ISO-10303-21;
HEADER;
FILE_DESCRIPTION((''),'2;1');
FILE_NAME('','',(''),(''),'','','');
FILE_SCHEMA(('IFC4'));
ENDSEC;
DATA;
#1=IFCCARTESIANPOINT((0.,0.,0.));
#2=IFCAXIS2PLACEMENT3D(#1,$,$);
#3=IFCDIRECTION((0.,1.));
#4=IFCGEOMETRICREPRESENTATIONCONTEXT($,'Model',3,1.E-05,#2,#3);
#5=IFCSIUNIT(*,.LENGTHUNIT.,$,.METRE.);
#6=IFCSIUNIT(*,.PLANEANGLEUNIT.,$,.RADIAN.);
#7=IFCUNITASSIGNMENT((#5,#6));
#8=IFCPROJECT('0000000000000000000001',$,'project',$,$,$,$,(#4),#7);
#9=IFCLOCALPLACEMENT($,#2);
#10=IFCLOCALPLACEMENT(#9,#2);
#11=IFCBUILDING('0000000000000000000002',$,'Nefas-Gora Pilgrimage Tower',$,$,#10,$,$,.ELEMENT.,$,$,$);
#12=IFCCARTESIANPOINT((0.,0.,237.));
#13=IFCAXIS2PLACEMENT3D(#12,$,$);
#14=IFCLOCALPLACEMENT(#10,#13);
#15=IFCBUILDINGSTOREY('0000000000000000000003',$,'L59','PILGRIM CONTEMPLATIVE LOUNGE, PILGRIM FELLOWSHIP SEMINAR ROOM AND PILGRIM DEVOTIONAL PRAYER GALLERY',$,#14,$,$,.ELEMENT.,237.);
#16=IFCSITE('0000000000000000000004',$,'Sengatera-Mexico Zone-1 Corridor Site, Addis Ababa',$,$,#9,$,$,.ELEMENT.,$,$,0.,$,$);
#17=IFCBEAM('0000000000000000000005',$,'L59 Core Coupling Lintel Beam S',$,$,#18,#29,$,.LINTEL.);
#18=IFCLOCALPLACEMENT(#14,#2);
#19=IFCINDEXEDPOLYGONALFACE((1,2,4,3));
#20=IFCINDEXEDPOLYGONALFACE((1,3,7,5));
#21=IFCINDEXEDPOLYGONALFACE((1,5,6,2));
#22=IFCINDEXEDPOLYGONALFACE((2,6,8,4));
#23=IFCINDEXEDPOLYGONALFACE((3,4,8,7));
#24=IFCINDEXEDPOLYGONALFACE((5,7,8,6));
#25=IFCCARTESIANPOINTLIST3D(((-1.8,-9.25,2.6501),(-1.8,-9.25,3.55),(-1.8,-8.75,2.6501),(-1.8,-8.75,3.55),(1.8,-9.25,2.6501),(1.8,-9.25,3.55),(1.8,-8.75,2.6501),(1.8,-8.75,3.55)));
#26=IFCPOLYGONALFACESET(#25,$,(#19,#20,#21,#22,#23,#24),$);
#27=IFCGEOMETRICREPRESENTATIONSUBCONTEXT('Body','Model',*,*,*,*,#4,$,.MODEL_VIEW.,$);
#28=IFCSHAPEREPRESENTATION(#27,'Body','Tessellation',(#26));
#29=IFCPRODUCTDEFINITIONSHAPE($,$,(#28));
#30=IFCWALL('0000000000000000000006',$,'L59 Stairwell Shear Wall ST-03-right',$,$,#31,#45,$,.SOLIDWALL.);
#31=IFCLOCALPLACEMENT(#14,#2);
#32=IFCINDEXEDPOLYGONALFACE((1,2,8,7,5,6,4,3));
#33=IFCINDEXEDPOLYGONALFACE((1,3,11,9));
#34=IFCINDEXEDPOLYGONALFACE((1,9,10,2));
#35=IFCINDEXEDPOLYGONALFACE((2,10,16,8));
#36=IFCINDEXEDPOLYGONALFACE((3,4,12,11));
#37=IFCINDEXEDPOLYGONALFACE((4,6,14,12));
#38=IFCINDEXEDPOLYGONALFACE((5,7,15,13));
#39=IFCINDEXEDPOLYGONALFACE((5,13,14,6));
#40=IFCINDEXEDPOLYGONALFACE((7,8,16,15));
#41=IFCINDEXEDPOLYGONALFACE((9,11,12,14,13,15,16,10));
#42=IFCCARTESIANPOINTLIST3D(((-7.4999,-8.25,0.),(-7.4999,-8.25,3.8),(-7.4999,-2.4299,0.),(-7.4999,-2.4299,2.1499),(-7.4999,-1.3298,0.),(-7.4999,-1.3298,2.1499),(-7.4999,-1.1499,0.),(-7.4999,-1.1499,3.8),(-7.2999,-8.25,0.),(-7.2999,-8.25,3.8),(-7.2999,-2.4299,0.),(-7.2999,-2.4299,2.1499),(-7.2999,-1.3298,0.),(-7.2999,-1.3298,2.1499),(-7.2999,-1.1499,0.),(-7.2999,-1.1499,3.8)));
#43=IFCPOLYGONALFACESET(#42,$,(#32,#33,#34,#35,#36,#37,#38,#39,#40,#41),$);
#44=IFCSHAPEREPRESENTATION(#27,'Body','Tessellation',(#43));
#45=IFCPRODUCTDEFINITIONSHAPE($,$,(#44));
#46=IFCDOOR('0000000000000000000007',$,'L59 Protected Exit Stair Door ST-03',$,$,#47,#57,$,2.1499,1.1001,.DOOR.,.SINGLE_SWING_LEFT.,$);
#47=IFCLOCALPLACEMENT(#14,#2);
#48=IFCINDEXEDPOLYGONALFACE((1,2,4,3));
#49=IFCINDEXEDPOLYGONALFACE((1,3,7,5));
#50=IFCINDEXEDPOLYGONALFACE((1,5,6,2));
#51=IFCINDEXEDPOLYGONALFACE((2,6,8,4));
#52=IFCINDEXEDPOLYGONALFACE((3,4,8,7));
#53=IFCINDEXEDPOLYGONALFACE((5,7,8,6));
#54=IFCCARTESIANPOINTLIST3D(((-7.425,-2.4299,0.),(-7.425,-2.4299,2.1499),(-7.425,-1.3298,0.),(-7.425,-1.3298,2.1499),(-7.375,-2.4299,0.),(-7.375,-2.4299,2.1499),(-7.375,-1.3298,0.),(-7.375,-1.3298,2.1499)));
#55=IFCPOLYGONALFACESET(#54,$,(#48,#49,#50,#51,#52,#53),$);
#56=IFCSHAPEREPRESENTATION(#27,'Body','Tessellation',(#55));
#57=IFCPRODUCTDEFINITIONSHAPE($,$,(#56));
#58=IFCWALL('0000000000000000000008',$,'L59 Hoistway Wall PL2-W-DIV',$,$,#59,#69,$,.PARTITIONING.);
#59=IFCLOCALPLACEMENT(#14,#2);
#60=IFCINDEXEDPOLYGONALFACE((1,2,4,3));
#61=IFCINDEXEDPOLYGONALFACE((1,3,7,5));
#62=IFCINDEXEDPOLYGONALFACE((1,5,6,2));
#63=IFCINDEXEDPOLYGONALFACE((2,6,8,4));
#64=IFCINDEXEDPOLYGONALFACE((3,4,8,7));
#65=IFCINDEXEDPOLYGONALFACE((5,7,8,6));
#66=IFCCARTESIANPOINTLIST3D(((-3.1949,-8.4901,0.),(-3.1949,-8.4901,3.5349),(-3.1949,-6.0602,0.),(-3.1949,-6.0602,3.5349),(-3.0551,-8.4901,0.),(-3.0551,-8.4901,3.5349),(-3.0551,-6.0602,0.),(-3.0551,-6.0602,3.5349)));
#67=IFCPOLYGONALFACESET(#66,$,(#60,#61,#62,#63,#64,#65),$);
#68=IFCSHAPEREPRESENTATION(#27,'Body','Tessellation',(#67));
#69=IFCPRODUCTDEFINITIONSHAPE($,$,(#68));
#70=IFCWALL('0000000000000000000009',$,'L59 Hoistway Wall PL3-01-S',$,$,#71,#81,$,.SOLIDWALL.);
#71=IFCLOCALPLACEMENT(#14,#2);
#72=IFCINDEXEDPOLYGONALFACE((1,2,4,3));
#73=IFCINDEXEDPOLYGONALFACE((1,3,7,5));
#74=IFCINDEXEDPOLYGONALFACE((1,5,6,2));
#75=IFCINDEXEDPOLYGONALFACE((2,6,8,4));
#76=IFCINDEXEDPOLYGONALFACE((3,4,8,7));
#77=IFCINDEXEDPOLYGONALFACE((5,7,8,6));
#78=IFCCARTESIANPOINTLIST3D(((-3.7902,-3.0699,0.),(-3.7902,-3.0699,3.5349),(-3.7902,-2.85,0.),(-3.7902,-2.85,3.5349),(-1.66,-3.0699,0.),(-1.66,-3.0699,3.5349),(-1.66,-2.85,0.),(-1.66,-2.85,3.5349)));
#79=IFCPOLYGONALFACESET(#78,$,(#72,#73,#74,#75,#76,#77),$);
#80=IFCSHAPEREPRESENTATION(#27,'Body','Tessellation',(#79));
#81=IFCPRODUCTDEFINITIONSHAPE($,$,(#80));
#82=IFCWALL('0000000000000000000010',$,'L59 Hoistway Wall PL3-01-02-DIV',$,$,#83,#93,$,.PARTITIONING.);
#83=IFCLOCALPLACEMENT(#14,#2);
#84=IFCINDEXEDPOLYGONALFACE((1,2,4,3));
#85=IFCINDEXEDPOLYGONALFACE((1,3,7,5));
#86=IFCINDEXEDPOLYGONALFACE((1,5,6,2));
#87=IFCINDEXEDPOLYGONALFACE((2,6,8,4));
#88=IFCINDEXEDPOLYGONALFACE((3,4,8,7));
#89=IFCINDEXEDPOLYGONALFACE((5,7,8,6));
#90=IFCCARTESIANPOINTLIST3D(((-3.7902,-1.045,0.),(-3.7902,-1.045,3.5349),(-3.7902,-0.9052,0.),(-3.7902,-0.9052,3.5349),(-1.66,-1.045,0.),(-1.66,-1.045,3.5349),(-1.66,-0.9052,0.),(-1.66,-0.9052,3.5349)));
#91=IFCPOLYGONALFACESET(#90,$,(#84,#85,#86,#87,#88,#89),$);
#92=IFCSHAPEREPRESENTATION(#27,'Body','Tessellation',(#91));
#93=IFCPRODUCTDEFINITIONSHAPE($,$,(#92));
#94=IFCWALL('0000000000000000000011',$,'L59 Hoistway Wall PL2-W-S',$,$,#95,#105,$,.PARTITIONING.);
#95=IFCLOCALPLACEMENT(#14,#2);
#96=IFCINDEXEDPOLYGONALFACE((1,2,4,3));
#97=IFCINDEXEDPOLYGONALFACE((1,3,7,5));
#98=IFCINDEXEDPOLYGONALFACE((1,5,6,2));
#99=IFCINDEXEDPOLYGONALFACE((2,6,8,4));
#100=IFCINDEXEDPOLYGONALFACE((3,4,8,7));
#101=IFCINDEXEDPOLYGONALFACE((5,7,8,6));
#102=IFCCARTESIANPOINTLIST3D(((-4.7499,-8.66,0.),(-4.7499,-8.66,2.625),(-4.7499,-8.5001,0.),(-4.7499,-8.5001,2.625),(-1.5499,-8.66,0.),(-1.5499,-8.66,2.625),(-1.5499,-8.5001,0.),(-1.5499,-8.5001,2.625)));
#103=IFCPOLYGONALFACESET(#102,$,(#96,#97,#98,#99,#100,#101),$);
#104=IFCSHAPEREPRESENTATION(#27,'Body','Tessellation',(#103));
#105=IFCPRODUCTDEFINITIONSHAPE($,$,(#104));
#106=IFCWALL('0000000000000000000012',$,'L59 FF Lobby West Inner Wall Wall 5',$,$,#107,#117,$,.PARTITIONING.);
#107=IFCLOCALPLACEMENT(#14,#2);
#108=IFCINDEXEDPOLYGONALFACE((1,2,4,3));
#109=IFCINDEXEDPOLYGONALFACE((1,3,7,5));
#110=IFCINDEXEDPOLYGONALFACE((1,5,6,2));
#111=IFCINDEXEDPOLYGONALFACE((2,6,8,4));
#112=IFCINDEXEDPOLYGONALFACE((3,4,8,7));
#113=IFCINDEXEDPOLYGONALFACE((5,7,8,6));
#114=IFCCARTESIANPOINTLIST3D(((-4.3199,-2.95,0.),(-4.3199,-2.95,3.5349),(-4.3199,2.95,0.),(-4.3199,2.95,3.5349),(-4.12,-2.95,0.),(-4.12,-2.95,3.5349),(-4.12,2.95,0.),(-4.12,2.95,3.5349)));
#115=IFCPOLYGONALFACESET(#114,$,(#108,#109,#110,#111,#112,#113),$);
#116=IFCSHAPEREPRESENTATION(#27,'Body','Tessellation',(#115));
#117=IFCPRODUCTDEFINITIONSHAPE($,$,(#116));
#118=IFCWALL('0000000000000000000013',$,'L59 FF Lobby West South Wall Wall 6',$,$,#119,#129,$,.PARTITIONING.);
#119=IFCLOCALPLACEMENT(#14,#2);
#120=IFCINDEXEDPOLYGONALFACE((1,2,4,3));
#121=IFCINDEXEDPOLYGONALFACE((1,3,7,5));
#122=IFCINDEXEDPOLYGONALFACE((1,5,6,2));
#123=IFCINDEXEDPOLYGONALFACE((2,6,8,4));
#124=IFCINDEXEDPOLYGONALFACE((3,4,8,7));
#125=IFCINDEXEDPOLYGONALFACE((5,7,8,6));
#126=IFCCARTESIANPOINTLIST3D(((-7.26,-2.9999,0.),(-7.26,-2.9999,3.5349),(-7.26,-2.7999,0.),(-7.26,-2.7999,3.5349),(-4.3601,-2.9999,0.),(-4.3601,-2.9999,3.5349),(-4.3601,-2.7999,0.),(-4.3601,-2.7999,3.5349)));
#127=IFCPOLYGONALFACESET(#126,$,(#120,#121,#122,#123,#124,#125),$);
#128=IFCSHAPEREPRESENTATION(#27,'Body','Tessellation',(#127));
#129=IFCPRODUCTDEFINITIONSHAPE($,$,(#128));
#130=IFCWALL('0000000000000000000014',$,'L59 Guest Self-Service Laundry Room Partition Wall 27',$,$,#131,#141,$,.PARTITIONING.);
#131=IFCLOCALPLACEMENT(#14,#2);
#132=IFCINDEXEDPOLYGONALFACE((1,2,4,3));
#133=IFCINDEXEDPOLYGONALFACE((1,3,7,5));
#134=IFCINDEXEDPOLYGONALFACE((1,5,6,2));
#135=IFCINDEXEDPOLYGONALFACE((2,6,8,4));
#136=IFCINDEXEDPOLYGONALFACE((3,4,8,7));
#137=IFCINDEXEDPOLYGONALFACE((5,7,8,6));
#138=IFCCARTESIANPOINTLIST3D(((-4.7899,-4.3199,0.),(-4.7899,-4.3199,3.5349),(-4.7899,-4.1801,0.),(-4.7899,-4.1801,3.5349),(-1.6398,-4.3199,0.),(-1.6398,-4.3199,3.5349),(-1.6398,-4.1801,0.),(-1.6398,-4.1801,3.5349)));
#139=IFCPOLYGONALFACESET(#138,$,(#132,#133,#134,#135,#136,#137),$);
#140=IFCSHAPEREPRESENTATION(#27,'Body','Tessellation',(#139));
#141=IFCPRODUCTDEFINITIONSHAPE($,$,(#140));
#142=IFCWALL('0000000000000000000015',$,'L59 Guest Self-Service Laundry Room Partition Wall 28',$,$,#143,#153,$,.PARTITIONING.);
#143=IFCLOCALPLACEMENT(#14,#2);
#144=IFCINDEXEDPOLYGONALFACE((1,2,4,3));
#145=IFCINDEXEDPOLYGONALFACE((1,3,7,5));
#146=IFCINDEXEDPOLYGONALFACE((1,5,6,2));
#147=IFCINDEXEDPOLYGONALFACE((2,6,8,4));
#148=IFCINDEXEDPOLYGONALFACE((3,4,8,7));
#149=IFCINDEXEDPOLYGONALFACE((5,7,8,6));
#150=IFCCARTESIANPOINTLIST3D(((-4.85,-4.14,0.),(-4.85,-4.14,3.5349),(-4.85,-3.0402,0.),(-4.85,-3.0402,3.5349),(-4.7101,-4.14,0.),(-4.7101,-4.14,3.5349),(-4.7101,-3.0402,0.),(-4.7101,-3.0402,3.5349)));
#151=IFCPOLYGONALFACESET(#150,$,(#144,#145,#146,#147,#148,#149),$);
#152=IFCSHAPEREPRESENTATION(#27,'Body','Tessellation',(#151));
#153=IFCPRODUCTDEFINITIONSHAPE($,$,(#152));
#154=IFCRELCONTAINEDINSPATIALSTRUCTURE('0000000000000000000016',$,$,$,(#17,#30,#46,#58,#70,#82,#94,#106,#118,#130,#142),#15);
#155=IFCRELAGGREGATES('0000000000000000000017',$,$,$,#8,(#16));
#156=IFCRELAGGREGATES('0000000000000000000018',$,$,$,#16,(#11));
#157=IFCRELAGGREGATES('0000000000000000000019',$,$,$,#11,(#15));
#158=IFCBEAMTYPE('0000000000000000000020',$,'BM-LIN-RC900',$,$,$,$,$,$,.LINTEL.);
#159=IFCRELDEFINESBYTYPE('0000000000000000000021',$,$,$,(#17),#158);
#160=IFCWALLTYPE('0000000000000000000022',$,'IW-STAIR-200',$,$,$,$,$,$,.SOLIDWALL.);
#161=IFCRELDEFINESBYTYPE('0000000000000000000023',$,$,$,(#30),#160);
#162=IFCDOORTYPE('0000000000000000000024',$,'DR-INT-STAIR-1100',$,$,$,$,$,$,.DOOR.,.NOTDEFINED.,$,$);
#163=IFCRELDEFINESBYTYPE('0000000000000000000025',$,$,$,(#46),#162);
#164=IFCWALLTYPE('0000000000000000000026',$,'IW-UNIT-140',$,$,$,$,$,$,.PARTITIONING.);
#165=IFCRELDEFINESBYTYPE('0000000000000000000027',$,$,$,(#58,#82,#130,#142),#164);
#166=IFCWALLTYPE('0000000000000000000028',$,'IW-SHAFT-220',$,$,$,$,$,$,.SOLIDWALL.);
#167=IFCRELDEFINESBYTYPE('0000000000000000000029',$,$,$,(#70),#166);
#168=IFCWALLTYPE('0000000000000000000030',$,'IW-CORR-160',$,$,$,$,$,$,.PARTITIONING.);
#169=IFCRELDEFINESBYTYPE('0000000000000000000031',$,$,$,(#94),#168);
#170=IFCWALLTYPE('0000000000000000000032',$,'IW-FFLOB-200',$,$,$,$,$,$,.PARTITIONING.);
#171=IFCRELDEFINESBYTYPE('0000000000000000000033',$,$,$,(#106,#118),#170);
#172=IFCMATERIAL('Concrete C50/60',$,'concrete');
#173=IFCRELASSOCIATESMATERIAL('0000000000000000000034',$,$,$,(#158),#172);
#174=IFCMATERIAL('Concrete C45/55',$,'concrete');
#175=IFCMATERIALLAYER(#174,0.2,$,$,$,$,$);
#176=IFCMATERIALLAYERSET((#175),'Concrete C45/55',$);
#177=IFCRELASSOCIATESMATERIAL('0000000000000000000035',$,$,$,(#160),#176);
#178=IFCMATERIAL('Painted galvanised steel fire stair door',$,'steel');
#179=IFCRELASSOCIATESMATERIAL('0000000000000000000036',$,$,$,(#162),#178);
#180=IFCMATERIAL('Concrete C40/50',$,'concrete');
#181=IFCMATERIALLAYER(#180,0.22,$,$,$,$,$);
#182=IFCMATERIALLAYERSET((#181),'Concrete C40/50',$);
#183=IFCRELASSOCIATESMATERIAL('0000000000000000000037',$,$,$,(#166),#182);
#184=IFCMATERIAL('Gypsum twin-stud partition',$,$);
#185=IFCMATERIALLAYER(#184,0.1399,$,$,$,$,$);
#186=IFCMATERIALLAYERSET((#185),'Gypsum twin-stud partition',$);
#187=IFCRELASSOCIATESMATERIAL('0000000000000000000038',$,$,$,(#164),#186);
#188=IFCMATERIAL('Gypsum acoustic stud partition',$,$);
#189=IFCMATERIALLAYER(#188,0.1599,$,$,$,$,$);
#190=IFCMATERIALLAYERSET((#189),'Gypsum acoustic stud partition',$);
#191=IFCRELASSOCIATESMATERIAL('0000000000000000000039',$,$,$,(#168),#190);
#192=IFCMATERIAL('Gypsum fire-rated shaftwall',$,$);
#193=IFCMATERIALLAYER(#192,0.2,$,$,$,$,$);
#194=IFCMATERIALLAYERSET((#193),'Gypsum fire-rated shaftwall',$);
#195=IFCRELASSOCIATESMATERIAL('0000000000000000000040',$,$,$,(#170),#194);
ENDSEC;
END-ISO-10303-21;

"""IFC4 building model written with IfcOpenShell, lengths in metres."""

from ifc_helpers import new_model, si_unit, direction, frame, frame_2d, origin, origin_2d, place, context, subcontext, project, spatial, rectangle, extrude, source, transform, mapped, material, layer, layer_set, material_profile, profile_set, type_object, element, fill, save


model = new_model("IFC4")

# Units and contexts
model_context = context("Model", 3, precision=1e-05, world=origin(), true_north=direction((0.0, 1.0)))
body_context = subcontext(model_context, "Body", "Model", "MODEL_VIEW")
ifc_project = project(units=[si_unit("LENGTHUNIT", "METRE"), si_unit("PLANEANGLEUNIT", "RADIAN")], contexts=[model_context])

# Site, building, storey
site_placement = place(None, origin())
site = spatial("IfcSite", under=ifc_project, at=site_placement, Name="Sengatera-Mexico Zone-1 Corridor Site, Addis Ababa", CompositionType="ELEMENT", RefElevation=0.0)
building_placement = place(site_placement, origin())
building = spatial("IfcBuilding", under=site, at=building_placement, Name="Nefas-Gora Pilgrimage Tower", CompositionType="ELEMENT")
storey_placement = place(building_placement, frame((0.0, 0.0, 237.0)))
storey = spatial("IfcBuildingStorey", under=building, at=storey_placement, Name="L59", Description="PILGRIM CONTEMPLATIVE LOUNGE, PILGRIM FELLOWSHIP SEMINAR ROOM AND PILGRIM DEVOTIONAL PRAYER GALLERY", CompositionType="ELEMENT", Elevation=237.0)

# Beam
ifc_material_1 = material(Name="Concrete C50/60", Category="concrete")
ifc_material_profile = material_profile(ifc_material_1, rectangle(XDim=0.5, YDim=0.8999, at=origin_2d()), Name="RC 500x900")
ifc_profile_set = profile_set([ifc_material_profile], Name="Concrete C50/60")
beam_type = type_object("IfcBeamType", Name="BM-LIN-RC900", PredefinedType="LINTEL", material=ifc_profile_set)
shared_shape_1 = source(origin(), body_context, "Body", "SweptSolid", [
    extrude(rectangle(XDim=0.5, YDim=0.8999, at=origin_2d()), origin(), (0.0, 0.0, 1.0), 3.6001),
])
beam_placement = place(storey_placement, frame((-1.8, -9.0, 3.1001), z_axis=(1.0, 0.0, 0.0), x_axis=(0.0, 1.0, 0.0)))
element("IfcBeam", 1, at=beam_placement, inside=storey, type_object=beam_type, Name="L59 Core Coupling Lintel Beam S", PredefinedType="LINTEL", context=body_context, shape_type="MappedRepresentation", body=[
    mapped(shared_shape_1, transform((0.0, 0.0, 0.0), x_axis=(1.0, 0.0, 0.0), y_axis=(0.0, 1.0, 0.0), z_axis=(0.0, 0.0, 1.0), scale=1.0)),
])

# Wall, opening, door
ifc_material_2 = material(Name="Concrete C45/55", Category="concrete")
ifc_layer_1 = layer(ifc_material_2, 0.2)
ifc_layer_set_1 = layer_set([ifc_layer_1], Name="Concrete C45/55")
wall_type_1 = type_object("IfcWallType", Name="IW-STAIR-200", PredefinedType="SOLIDWALL", material=ifc_layer_set_1)
shared_shape_2 = source(origin(), body_context, "Body", "SweptSolid", [
    extrude(rectangle(XDim=7.1001, YDim=0.2, at=frame_2d((3.55, 0.0))), origin(), (0.0, 0.0, 1.0), 3.8),
])
wall_1_placement = place(storey_placement, frame((-7.3999, -1.1499, 0.0), z_axis=(0.0, 0.0, 1.0), x_axis=(0.0, -1.0, 0.0)))
wall_1 = element("IfcWall", 2, at=wall_1_placement, inside=storey, type_object=wall_type_1, Name="L59 Stairwell Shear Wall ST-03-right", PredefinedType="SOLIDWALL", context=body_context, shape_type="MappedRepresentation", body=[
    mapped(shared_shape_2, transform((0.0, 0.0, 0.0), x_axis=(1.0, 0.0, 0.0), y_axis=(0.0, 1.0, 0.0), z_axis=(0.0, 0.0, 1.0), scale=1.0)),
])
opening_1_placement = place(wall_1_placement, frame((0.1799, 0.0, 0.0)))
opening_1 = element("IfcOpeningElement", 3, at=opening_1_placement, cuts=wall_1, PredefinedType="OPENING", context=body_context, shape_type="SweptSolid", body=[
    extrude(rectangle(XDim=1.1001, YDim=2.1499, at=frame_2d((0.55, 1.075))), frame((0.0, 0.1099, 0.0), z_axis=(0.0, -1.0, 0.0), x_axis=(1.0, 0.0, 0.0)), (0.0, 0.0, 1.0), 0.22),
])
ifc_material_3 = material(Name="Painted galvanised steel fire stair door", Category="steel")
door_type_1 = type_object("IfcDoorType", Name="DR-INT-STAIR-1100", OperationType="NOTDEFINED", PredefinedType="DOOR", material=ifc_material_3)
shared_shape_3 = source(origin(), body_context, "Body", "SweptSolid", [
    extrude(rectangle(XDim=1.1001, YDim=2.1499, at=frame_2d((0.55, 1.075))), frame((0.0, 0.0249, 0.0), z_axis=(0.0, -1.0, 0.0), x_axis=(1.0, 0.0, 0.0)), (0.0, 0.0, 1.0), 0.05),
])
door_1_placement = place(opening_1_placement, origin())
door_1 = element("IfcDoor", 4, at=door_1_placement, inside=storey, type_object=door_type_1, Name="L59 Protected Exit Stair Door ST-03", OperationType="SINGLE_SWING_LEFT", OverallHeight=2.1499, OverallWidth=1.1001, PredefinedType="DOOR", context=body_context, shape_type="MappedRepresentation", body=[
    mapped(shared_shape_3, transform((0.0, 0.0, 0.0), x_axis=(1.0, 0.0, 0.0), y_axis=(0.0, 1.0, 0.0), z_axis=(0.0, 0.0, 1.0), scale=1.0)),
])
fill(opening_1, door_1)

# Walls
ifc_material_4 = material(Name="Concrete C40/50", Category="concrete")
ifc_layer_2 = layer(ifc_material_4, 0.22)
ifc_layer_set_2 = layer_set([ifc_layer_2], Name="Concrete C40/50")
wall_type_2 = type_object("IfcWallType", Name="IW-SHAFT-220", PredefinedType="SOLIDWALL", material=ifc_layer_set_2)
ifc_material_5 = material(Name="Gypsum twin-stud partition")
ifc_layer_3 = layer(ifc_material_5, 0.1399)
ifc_layer_set_3 = layer_set([ifc_layer_3], Name="Gypsum twin-stud partition")
wall_type_3 = type_object("IfcWallType", Name="IW-UNIT-140", PredefinedType="PARTITIONING", material=ifc_layer_set_3)
shared_shape_4 = source(origin(), body_context, "Body", "SweptSolid", [
    extrude(rectangle(XDim=2.4299, YDim=0.1399, at=frame_2d((1.2148, 0.0))), origin(), (0.0, 0.0, 1.0), 3.5349),
])
wall_2_placement = place(storey_placement, frame((-3.125, -8.49, 0.0), z_axis=(0.0, 0.0, 1.0), x_axis=(0.0, 1.0, 0.0)))
element("IfcWall", 5, at=wall_2_placement, inside=storey, type_object=wall_type_3, Name="L59 Hoistway Wall PL2-W-DIV", PredefinedType="PARTITIONING", context=body_context, shape_type="MappedRepresentation", body=[
    mapped(shared_shape_4, transform((0.0, 0.0, 0.0), x_axis=(1.0, 0.0, 0.0), y_axis=(0.0, 1.0, 0.0), z_axis=(0.0, 0.0, 1.0), scale=1.0)),
])
shared_shape_5 = source(origin(), body_context, "Body", "SweptSolid", [
    extrude(rectangle(XDim=2.1301, YDim=0.22, at=frame_2d((1.0649, 0.0))), origin(), (0.0, 0.0, 1.0), 3.5349),
])
wall_3_placement = place(storey_placement, frame((-3.79, -2.96, 0.0), z_axis=(0.0, 0.0, 1.0), x_axis=(1.0, 0.0, 0.0)))
element("IfcWall", 6, at=wall_3_placement, inside=storey, type_object=wall_type_2, Name="L59 Hoistway Wall PL3-01-S", PredefinedType="SOLIDWALL", context=body_context, shape_type="MappedRepresentation", body=[
    mapped(shared_shape_5, transform((0.0, 0.0, 0.0), x_axis=(1.0, 0.0, 0.0), y_axis=(0.0, 1.0, 0.0), z_axis=(0.0, 0.0, 1.0), scale=1.0)),
])
shared_shape_6 = source(origin(), body_context, "Body", "SweptSolid", [
    extrude(rectangle(XDim=2.1301, YDim=0.1399, at=frame_2d((1.0649, 0.0))), origin(), (0.0, 0.0, 1.0), 3.5349),
])
wall_4_placement = place(storey_placement, frame((-3.79, -0.9751, 0.0), z_axis=(0.0, 0.0, 1.0), x_axis=(1.0, 0.0, 0.0)))
element("IfcWall", 7, at=wall_4_placement, inside=storey, type_object=wall_type_3, Name="L59 Hoistway Wall PL3-01-02-DIV", PredefinedType="PARTITIONING", context=body_context, shape_type="MappedRepresentation", body=[
    mapped(shared_shape_6, transform((0.0, 0.0, 0.0), x_axis=(1.0, 0.0, 0.0), y_axis=(0.0, 1.0, 0.0), z_axis=(0.0, 0.0, 1.0), scale=1.0)),
])
ifc_material_6 = material(Name="Gypsum acoustic stud partition")
ifc_layer_4 = layer(ifc_material_6, 0.1599)
ifc_layer_set_4 = layer_set([ifc_layer_4], Name="Gypsum acoustic stud partition")
wall_type_4 = type_object("IfcWallType", Name="IW-CORR-160", PredefinedType="PARTITIONING", material=ifc_layer_set_4)
shared_shape_7 = source(origin(), body_context, "Body", "SweptSolid", [
    extrude(rectangle(XDim=3.2, YDim=0.1599, at=frame_2d((1.6001, 0.0))), origin(), (0.0, 0.0, 1.0), 2.625),
])
wall_5_placement = place(storey_placement, frame((-4.75, -8.5801, 0.0), z_axis=(0.0, 0.0, 1.0), x_axis=(1.0, 0.0, 0.0)))
element("IfcWall", 8, at=wall_5_placement, inside=storey, type_object=wall_type_4, Name="L59 Hoistway Wall PL2-W-S", PredefinedType="PARTITIONING", context=body_context, shape_type="MappedRepresentation", body=[
    mapped(shared_shape_7, transform((0.0, 0.0, 0.0), x_axis=(1.0, 0.0, 0.0), y_axis=(0.0, 1.0, 0.0), z_axis=(0.0, 0.0, 1.0), scale=1.0)),
])
ifc_material_7 = material(Name="Gypsum fire-rated shaftwall")
ifc_layer_5 = layer(ifc_material_7, 0.2)
ifc_layer_set_5 = layer_set([ifc_layer_5], Name="Gypsum fire-rated shaftwall")
wall_type_5 = type_object("IfcWallType", Name="IW-FFLOB-200", PredefinedType="PARTITIONING", material=ifc_layer_set_5)
shared_shape_8 = source(origin(), body_context, "Body", "SweptSolid", [
    extrude(rectangle(XDim=5.8999, YDim=0.2, at=frame_2d((2.95, 0.0))), origin(), (0.0, 0.0, 1.0), 3.5349),
])
wall_6_placement = place(storey_placement, frame((-4.22, -2.95, 0.0), z_axis=(0.0, 0.0, 1.0), x_axis=(0.0, 1.0, 0.0)))
element("IfcWall", 9, at=wall_6_placement, inside=storey, type_object=wall_type_5, Name="L59 FF Lobby West Inner Wall Wall 5", PredefinedType="PARTITIONING", context=body_context, shape_type="MappedRepresentation", body=[
    mapped(shared_shape_8, transform((0.0, 0.0, 0.0), x_axis=(1.0, 0.0, 0.0), y_axis=(0.0, 1.0, 0.0), z_axis=(0.0, 0.0, 1.0), scale=1.0)),
])
shared_shape_9 = source(origin(), body_context, "Body", "SweptSolid", [
    extrude(rectangle(XDim=2.8999, YDim=0.2, at=frame_2d((1.45, 0.0))), origin(), (0.0, 0.0, 1.0), 3.5349),
])
wall_7_placement = place(storey_placement, frame((-7.26, -2.8999, 0.0), z_axis=(0.0, 0.0, 1.0), x_axis=(1.0, 0.0, 0.0)))
element("IfcWall", 10, at=wall_7_placement, inside=storey, type_object=wall_type_5, Name="L59 FF Lobby West South Wall Wall 6", PredefinedType="PARTITIONING", context=body_context, shape_type="MappedRepresentation", body=[
    mapped(shared_shape_9, transform((0.0, 0.0, 0.0), x_axis=(1.0, 0.0, 0.0), y_axis=(0.0, 1.0, 0.0), z_axis=(0.0, 0.0, 1.0), scale=1.0)),
])
shared_shape_10 = source(origin(), body_context, "Body", "SweptSolid", [
    extrude(rectangle(XDim=3.1501, YDim=0.1399, at=frame_2d((1.5752, 0.0))), origin(), (0.0, 0.0, 1.0), 3.5349),
])
wall_8_placement = place(storey_placement, frame((-4.79, -4.25, 0.0), z_axis=(0.0, 0.0, 1.0), x_axis=(1.0, 0.0, 0.0)))
element("IfcWall", 11, at=wall_8_placement, inside=storey, type_object=wall_type_3, Name="L59 Guest Self-Service Laundry Room Partition Wall 27", PredefinedType="PARTITIONING", context=body_context, shape_type="MappedRepresentation", body=[
    mapped(shared_shape_10, transform((0.0, 0.0, 0.0), x_axis=(1.0, 0.0, 0.0), y_axis=(0.0, 1.0, 0.0), z_axis=(0.0, 0.0, 1.0), scale=1.0)),
])
shared_shape_11 = source(origin(), body_context, "Body", "SweptSolid", [
    extrude(rectangle(XDim=1.0999, YDim=0.1399, at=frame_2d((0.5498, 0.0))), origin(), (0.0, 0.0, 1.0), 3.5349),
])
wall_9_placement = place(storey_placement, frame((-4.78, -4.1399, 0.0), z_axis=(0.0, 0.0, 1.0), x_axis=(0.0, 1.0, 0.0)))
element("IfcWall", 12, at=wall_9_placement, inside=storey, type_object=wall_type_3, Name="L59 Guest Self-Service Laundry Room Partition Wall 28", PredefinedType="PARTITIONING", context=body_context, shape_type="MappedRepresentation", body=[
    mapped(shared_shape_11, transform((0.0, 0.0, 0.0), x_axis=(1.0, 0.0, 0.0), y_axis=(0.0, 1.0, 0.0), z_axis=(0.0, 0.0, 1.0), scale=1.0)),
])

save(model, "model.ifc")
